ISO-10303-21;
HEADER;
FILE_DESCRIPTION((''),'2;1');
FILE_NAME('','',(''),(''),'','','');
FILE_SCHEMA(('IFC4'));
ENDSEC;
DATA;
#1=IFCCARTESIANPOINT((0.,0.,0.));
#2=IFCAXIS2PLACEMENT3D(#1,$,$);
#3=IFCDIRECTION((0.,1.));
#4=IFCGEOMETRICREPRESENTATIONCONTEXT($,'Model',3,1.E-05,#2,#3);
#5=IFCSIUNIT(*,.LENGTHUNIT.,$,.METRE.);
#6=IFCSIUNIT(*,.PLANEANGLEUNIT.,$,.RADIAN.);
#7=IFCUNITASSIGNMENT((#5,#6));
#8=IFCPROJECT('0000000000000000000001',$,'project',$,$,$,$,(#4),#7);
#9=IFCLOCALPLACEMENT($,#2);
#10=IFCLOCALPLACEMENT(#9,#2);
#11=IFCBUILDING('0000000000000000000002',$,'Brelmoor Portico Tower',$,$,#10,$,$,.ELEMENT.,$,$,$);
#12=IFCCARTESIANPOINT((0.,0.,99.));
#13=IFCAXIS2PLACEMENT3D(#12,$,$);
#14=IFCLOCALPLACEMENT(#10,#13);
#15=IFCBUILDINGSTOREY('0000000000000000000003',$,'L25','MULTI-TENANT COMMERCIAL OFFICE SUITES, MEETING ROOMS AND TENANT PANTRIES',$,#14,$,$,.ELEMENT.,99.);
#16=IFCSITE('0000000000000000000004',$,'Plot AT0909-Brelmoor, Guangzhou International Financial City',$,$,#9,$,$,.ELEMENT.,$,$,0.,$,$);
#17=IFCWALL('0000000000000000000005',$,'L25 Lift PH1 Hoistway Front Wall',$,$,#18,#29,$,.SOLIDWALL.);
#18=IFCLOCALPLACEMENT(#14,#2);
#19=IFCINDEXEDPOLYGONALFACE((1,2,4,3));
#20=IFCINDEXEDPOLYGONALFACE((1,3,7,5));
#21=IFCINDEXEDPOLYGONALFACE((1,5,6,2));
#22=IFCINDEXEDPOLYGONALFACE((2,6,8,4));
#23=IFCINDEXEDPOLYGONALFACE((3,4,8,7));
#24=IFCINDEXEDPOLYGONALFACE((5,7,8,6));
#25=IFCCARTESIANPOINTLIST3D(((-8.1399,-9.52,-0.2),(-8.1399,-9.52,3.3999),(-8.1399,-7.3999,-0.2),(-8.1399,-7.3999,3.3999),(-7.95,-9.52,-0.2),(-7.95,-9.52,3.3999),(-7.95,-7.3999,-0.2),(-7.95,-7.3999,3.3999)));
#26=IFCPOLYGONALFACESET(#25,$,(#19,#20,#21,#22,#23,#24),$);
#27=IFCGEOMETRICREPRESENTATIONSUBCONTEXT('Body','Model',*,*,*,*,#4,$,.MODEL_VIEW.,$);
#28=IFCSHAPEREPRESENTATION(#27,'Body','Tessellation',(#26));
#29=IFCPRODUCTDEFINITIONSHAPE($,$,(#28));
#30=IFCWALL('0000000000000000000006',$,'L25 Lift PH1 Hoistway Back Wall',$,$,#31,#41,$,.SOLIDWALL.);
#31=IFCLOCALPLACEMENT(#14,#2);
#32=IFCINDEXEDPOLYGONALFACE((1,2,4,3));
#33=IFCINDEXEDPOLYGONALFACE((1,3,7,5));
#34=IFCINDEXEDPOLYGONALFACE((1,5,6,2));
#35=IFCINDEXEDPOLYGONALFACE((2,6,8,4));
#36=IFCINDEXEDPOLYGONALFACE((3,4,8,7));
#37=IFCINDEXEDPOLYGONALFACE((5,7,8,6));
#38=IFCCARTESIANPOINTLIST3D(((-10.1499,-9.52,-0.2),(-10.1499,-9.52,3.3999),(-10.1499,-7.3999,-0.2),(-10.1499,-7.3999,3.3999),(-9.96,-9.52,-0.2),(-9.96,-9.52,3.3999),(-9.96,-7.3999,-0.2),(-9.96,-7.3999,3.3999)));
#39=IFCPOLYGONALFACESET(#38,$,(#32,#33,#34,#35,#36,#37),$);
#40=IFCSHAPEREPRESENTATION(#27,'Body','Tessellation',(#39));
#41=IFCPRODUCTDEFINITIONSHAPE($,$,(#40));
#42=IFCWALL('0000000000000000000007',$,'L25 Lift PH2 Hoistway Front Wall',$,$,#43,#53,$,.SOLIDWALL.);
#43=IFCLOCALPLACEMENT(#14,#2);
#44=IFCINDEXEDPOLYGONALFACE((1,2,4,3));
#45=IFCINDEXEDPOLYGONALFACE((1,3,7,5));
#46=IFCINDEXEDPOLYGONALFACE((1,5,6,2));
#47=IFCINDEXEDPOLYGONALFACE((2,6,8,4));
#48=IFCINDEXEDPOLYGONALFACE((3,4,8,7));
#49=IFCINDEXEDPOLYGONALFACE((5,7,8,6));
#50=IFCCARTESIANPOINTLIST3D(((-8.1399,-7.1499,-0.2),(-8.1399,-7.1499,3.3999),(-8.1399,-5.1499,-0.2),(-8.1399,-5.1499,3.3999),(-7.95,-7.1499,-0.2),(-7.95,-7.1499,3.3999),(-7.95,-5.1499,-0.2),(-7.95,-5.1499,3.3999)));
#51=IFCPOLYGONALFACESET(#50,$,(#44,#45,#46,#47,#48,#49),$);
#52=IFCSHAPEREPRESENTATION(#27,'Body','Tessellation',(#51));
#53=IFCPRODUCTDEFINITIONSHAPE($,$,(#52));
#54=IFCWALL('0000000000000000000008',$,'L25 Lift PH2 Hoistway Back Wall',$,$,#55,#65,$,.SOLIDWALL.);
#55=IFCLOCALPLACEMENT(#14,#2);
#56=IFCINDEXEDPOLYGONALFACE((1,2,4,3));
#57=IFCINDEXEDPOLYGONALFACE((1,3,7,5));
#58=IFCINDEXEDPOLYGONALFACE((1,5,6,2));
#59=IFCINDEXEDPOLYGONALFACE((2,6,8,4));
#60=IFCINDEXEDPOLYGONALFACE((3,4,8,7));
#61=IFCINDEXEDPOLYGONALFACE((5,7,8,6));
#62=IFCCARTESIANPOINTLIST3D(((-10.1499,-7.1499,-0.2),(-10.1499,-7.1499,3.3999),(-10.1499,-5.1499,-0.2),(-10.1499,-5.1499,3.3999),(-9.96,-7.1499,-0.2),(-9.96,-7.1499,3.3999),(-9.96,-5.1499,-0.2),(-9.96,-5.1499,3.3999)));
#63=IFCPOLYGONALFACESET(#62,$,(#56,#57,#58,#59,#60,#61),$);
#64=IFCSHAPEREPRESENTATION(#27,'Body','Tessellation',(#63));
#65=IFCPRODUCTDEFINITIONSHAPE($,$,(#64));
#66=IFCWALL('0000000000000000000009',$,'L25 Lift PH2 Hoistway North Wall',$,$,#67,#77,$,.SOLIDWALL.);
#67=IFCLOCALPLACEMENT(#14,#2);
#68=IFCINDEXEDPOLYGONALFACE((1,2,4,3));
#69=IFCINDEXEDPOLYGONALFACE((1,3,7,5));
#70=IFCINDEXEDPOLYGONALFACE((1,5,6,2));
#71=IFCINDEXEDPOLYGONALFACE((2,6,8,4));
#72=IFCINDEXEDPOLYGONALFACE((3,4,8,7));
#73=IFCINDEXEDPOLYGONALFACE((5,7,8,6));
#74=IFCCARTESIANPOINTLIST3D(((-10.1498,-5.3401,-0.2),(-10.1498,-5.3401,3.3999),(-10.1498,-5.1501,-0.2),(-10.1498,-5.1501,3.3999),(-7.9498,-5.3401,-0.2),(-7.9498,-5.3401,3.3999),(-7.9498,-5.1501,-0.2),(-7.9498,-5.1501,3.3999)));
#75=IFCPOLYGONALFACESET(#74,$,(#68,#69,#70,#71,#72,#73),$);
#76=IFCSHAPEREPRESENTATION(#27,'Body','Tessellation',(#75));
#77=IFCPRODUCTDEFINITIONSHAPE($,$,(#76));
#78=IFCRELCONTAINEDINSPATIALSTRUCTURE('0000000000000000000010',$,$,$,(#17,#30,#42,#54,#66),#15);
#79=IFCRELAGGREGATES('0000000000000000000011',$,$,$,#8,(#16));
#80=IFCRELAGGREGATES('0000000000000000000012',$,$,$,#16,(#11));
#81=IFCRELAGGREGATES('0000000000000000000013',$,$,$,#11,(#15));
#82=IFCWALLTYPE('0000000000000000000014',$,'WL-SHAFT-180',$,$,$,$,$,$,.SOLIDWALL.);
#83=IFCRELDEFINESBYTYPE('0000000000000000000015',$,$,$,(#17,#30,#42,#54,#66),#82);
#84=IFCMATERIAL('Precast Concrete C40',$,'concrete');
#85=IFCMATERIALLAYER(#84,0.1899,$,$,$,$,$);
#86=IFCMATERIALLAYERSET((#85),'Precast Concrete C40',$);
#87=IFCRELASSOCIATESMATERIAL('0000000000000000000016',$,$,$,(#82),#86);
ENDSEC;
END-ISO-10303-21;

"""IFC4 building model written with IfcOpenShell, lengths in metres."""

from ifc_helpers import new_model, si_unit, direction, frame, frame_2d, origin, place, context, subcontext, project, spatial, rectangle, extrude, material, layer, layer_set, type_object, element, save


model = new_model("IFC4")

# Units and contexts
model_context = context("Model", 3, precision=1e-05, world=origin(), true_north=direction((0.0, 1.0)))
body_context = subcontext(model_context, "Body", "Model", "MODEL_VIEW")
ifc_project = project(units=[si_unit("LENGTHUNIT", "METRE"), si_unit("PLANEANGLEUNIT", "RADIAN")], contexts=[model_context])

# Site, building, storey
site_placement = place(None, origin())
site = spatial("IfcSite", under=ifc_project, at=site_placement, Name="Plot AT0909-Brelmoor, Guangzhou International Financial City", CompositionType="ELEMENT", RefElevation=0.0)
building_placement = place(site_placement, origin())
building = spatial("IfcBuilding", under=site, at=building_placement, Name="Brelmoor Portico Tower", CompositionType="ELEMENT")
storey_placement = place(building_placement, frame((0.0, 0.0, 99.0)))
storey = spatial("IfcBuildingStorey", under=building, at=storey_placement, Name="L25", Description="MULTI-TENANT COMMERCIAL OFFICE SUITES, MEETING ROOMS AND TENANT PANTRIES", CompositionType="ELEMENT", Elevation=99.0)

# Walls
ifc_material_1 = material(Name="Precast Concrete C40", Category="concrete")
ifc_layer_1 = layer(ifc_material_1, 0.1899)
ifc_layer_set_1 = layer_set([ifc_layer_1], Name="Precast Concrete C40")
wall_type_1 = type_object("IfcWallType", Name="WL-SHAFT-180", PredefinedType="SOLIDWALL", material=ifc_layer_set_1)
for number, where, z_axis, x_axis, name in (
    (1, (-8.0449, -9.52, -0.2), (0.0, 0.0, 1.0), (0.0, 1.0, 0.0), "L25 Lift PH1 Hoistway Front Wall"),
    (2, (-10.0549, -9.52, -0.2), (0.0, 0.0, 1.0), (0.0, 1.0, 0.0), "L25 Lift PH1 Hoistway Back Wall"),
):
    element("IfcWall", number, at=place(storey_placement, frame(where, z_axis=z_axis, x_axis=x_axis)), inside=storey, type_object=wall_type_1, Name=name, PredefinedType="SOLIDWALL", context=body_context, shape_type="SweptSolid", body=[
        extrude(rectangle(XDim=2.1201, YDim=0.1899, at=frame_2d((1.0601, 0.0))), origin(), (0.0, 0.0, 1.0), 3.5999),
    ])
for number, where, z_axis, x_axis, name in (
    (3, (-8.0449, -7.1499, -0.2), (0.0, 0.0, 1.0), (0.0, 1.0, 0.0), "L25 Lift PH2 Hoistway Front Wall"),
    (4, (-10.0549, -7.1499, -0.2), (0.0, 0.0, 1.0), (0.0, 1.0, 0.0), "L25 Lift PH2 Hoistway Back Wall"),
):
    element("IfcWall", number, at=place(storey_placement, frame(where, z_axis=z_axis, x_axis=x_axis)), inside=storey, type_object=wall_type_1, Name=name, PredefinedType="SOLIDWALL", context=body_context, shape_type="SweptSolid", body=[
        extrude(rectangle(XDim=2.0, YDim=0.1899, at=frame_2d((1.0, 0.0))), origin(), (0.0, 0.0, 1.0), 3.5999),
    ])
wall_1_placement = place(storey_placement, frame((-10.1499, -5.2451, -0.2), z_axis=(0.0, 0.0, 1.0), x_axis=(1.0, 0.0, 0.0)))
element("IfcWall", 5, at=wall_1_placement, inside=storey, type_object=wall_type_1, Name="L25 Lift PH2 Hoistway North Wall", PredefinedType="SOLIDWALL", context=body_context, shape_type="SweptSolid", body=[
    extrude(rectangle(XDim=2.2, YDim=0.1899, at=frame_2d((1.1001, 0.0))), origin(), (0.0, 0.0, 1.0), 3.5999),
])

save(model, "model.ifc")
